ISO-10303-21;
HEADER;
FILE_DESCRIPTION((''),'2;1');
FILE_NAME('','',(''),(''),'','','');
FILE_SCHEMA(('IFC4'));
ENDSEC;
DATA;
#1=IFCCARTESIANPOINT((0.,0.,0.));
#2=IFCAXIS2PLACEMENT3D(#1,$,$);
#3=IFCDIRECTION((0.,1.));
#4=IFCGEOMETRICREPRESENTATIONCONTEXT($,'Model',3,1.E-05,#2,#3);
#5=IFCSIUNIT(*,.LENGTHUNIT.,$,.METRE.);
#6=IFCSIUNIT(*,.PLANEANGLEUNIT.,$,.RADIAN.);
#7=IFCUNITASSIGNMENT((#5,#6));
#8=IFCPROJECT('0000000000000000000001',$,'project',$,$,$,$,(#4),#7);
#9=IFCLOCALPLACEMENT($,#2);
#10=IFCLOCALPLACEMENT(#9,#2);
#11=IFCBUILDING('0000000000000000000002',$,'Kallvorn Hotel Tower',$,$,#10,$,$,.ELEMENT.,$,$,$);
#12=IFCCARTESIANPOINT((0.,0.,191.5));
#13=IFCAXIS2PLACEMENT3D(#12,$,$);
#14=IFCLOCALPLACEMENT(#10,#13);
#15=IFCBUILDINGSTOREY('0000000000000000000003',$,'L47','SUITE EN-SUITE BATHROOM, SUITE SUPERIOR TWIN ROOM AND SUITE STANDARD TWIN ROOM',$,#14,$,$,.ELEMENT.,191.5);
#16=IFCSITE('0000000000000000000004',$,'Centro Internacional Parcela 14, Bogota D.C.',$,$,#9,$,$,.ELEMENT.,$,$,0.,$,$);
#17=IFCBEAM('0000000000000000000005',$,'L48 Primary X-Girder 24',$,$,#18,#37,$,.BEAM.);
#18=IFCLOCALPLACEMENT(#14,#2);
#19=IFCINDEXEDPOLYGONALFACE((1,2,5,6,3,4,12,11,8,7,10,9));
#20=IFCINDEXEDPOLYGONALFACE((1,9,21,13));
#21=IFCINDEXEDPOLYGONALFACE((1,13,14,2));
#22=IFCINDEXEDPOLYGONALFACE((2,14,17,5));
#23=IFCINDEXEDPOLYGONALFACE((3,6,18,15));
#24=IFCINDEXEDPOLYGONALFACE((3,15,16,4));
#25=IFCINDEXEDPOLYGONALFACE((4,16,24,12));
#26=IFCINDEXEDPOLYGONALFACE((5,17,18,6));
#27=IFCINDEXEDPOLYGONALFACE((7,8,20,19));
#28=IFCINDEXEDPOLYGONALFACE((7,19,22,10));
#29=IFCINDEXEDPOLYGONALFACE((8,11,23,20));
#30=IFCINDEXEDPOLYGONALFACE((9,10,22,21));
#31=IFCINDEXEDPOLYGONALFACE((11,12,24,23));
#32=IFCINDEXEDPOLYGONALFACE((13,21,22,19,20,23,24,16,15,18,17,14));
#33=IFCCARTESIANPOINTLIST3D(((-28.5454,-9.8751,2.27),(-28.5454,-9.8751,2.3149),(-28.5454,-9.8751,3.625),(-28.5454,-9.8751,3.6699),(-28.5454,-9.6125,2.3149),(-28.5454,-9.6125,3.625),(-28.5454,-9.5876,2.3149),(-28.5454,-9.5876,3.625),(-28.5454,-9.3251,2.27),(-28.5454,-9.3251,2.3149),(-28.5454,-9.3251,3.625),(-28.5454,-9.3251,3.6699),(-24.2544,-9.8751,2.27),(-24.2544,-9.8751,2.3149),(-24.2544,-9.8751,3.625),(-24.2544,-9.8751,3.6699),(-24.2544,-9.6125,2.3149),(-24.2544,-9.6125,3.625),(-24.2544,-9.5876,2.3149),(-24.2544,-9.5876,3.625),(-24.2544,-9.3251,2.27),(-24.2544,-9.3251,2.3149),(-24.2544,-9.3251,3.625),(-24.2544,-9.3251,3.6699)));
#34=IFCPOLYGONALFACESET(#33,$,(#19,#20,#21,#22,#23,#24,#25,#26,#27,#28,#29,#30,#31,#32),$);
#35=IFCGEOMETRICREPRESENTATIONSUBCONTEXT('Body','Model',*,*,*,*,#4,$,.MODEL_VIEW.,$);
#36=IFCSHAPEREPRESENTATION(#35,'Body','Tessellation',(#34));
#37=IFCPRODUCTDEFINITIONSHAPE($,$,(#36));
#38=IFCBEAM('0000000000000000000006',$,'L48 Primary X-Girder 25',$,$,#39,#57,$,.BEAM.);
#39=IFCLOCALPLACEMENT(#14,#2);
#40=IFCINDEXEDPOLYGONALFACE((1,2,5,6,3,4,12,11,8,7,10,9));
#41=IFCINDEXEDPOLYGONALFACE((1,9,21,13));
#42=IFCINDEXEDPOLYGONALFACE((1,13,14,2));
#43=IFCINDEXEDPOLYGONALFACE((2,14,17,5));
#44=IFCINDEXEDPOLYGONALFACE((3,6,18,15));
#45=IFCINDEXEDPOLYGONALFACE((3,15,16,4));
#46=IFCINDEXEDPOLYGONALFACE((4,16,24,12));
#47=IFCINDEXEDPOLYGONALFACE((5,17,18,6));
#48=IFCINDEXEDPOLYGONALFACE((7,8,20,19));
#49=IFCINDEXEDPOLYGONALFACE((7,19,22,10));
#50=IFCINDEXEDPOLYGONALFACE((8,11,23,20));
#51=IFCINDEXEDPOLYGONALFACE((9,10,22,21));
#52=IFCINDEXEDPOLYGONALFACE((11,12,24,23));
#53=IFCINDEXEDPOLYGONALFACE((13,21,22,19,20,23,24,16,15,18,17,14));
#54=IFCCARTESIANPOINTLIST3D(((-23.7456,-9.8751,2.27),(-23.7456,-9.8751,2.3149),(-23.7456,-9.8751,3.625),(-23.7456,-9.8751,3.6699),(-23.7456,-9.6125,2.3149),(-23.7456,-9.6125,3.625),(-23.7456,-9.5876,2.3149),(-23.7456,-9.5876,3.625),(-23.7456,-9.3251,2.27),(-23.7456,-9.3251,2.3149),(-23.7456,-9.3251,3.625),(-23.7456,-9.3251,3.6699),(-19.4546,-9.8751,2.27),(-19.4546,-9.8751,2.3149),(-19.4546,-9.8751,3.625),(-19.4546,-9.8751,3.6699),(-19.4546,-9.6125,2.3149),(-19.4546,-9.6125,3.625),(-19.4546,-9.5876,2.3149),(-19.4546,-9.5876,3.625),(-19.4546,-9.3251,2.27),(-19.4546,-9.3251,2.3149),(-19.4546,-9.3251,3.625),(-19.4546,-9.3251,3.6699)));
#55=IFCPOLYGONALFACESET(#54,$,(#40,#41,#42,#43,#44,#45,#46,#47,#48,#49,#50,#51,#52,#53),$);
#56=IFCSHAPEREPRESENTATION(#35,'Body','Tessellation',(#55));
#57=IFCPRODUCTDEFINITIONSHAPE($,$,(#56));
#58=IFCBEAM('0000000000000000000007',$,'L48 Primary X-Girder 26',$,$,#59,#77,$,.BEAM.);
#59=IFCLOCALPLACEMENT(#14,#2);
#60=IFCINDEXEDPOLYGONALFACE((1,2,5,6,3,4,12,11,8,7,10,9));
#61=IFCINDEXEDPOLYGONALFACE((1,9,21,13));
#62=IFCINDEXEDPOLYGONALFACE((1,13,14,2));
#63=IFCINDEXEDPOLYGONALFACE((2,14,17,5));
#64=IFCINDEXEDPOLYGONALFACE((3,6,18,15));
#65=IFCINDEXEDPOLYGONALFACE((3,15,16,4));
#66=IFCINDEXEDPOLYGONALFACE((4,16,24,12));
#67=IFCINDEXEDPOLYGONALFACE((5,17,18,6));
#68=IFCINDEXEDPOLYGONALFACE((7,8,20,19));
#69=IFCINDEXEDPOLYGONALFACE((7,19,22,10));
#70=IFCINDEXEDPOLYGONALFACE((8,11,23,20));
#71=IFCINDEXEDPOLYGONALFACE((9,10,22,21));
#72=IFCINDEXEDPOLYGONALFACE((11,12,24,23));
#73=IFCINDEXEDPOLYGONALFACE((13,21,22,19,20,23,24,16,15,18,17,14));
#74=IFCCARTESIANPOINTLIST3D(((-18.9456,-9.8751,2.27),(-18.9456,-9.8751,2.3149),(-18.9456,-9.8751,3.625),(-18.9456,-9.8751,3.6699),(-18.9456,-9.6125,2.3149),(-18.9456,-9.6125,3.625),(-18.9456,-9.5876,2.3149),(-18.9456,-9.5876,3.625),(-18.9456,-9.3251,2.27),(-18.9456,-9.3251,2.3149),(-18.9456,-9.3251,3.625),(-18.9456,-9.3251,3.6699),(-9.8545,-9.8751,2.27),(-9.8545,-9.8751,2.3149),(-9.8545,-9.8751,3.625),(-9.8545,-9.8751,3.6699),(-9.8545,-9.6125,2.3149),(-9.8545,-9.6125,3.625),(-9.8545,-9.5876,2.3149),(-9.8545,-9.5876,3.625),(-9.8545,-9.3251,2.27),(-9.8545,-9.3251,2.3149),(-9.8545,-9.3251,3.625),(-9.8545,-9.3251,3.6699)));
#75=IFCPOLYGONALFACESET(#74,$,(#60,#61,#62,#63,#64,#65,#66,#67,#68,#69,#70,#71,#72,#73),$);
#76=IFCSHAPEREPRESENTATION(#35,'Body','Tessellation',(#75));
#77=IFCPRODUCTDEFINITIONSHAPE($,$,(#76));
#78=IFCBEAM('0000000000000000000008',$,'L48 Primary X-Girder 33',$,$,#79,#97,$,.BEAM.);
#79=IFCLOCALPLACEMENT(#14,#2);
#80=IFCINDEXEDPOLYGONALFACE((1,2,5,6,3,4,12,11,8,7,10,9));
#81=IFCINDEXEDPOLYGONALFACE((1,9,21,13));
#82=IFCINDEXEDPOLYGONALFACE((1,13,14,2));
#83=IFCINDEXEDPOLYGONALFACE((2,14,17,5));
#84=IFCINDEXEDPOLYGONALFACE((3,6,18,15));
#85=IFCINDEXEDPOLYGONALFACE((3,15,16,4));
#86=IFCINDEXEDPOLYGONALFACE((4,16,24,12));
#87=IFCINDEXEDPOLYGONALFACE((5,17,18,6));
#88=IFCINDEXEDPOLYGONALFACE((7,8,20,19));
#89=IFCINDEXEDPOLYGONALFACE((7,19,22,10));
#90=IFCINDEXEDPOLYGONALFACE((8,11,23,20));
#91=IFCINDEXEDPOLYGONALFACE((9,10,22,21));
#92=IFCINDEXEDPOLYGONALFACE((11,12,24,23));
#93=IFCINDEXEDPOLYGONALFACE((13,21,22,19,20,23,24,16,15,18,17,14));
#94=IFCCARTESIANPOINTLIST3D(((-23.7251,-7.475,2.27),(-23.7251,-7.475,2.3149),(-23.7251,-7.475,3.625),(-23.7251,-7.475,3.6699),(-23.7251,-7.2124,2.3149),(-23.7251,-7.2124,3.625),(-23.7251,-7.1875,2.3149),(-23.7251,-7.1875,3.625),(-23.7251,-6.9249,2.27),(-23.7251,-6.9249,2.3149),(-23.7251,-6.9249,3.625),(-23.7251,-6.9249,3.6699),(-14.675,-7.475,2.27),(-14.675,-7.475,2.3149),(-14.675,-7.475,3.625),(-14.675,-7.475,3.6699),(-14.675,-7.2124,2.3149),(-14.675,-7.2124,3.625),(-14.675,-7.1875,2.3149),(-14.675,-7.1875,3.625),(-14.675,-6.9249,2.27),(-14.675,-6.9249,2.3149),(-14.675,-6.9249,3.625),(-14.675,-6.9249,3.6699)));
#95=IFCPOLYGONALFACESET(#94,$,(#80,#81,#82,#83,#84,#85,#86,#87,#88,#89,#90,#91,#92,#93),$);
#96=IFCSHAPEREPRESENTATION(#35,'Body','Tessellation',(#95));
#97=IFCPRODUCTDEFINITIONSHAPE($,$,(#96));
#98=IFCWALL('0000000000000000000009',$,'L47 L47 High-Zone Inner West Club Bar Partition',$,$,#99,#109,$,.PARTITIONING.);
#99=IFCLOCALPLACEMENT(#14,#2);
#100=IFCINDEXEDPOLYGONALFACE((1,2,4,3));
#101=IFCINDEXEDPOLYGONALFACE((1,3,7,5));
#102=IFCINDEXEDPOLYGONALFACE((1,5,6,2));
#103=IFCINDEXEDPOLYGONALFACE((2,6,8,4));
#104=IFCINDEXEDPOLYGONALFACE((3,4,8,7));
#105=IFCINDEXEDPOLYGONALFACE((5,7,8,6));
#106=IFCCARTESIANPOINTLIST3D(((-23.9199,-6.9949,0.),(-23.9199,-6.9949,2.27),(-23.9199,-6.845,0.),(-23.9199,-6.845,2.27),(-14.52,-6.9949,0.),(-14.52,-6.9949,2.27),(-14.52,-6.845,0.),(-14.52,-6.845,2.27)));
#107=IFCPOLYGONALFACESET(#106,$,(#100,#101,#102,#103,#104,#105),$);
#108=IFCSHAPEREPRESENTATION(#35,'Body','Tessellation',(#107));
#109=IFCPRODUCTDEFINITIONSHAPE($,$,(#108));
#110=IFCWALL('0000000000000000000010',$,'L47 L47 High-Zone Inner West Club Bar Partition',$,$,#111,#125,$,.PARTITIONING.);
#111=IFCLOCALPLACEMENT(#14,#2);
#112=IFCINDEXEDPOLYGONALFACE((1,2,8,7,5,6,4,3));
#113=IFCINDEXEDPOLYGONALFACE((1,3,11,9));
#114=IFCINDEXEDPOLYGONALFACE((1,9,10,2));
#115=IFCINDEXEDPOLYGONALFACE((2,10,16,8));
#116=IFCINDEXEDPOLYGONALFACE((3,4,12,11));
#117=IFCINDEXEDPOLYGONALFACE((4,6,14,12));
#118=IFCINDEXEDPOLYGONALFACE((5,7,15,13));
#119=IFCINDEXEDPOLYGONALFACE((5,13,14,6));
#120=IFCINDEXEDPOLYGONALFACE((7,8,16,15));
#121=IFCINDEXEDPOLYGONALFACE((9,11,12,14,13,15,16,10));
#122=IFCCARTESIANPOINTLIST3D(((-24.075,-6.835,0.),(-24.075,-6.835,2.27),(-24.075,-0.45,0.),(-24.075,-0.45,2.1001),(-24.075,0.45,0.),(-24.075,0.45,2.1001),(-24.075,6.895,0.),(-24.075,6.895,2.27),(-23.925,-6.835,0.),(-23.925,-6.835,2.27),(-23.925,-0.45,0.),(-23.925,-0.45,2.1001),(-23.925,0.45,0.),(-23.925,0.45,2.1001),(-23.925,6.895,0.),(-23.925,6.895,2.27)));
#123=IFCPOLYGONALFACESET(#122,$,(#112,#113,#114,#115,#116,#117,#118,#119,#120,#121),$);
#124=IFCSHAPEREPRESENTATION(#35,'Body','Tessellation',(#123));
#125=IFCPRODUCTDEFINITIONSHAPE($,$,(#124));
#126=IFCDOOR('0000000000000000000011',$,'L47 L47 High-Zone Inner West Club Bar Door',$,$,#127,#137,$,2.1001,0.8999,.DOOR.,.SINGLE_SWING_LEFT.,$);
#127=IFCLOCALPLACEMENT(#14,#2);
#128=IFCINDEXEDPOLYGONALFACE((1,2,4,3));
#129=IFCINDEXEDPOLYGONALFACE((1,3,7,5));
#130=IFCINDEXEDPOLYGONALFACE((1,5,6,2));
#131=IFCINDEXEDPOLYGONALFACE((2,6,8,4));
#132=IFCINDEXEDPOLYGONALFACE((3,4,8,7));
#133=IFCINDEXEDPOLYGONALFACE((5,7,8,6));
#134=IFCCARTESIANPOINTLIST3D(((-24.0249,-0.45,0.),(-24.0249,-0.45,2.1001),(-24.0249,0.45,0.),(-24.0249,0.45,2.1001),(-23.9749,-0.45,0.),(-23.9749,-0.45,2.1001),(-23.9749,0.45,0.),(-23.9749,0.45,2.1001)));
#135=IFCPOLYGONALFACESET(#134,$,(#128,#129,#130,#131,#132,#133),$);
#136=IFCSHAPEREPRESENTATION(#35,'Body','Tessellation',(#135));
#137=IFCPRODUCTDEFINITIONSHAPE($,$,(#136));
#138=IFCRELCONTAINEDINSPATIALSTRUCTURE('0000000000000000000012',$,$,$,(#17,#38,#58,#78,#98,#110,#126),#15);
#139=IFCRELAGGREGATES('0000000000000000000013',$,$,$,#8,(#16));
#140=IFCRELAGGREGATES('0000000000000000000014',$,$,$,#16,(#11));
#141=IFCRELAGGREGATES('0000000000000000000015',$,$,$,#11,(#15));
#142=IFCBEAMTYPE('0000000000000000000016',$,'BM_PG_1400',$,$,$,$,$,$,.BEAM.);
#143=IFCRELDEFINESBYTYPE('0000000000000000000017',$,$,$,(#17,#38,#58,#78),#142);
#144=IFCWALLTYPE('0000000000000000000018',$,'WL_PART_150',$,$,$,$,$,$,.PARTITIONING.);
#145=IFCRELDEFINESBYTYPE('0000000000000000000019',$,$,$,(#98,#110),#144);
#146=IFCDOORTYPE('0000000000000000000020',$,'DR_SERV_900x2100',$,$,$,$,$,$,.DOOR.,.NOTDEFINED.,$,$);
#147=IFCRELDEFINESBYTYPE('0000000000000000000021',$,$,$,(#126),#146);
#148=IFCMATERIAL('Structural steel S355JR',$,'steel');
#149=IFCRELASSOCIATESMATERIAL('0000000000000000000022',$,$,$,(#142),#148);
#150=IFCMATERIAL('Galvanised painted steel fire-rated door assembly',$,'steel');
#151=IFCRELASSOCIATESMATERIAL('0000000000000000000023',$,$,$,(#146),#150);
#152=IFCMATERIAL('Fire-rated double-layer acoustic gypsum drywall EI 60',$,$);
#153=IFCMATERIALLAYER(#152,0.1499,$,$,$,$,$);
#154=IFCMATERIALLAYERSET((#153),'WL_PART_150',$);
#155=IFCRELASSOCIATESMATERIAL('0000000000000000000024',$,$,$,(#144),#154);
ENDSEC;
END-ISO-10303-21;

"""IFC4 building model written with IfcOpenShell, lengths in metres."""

from ifc_helpers import new_model, si_unit, direction, frame, frame_2d, origin, origin_2d, place, context, subcontext, project, spatial, rectangle, i_section, extrude, material, layer, layer_set, material_profile, profile_set, type_object, element, fill, save


model = new_model("IFC4")

# Units and contexts
model_context = context("Model", 3, precision=1e-05, world=origin(), true_north=direction((0.0, 1.0)))
body_context = subcontext(model_context, "Body", "Model", "MODEL_VIEW")
ifc_project = project(units=[si_unit("LENGTHUNIT", "METRE"), si_unit("PLANEANGLEUNIT", "RADIAN")], contexts=[model_context])

# Site, building, storey
site_placement = place(None, origin())
site = spatial("IfcSite", under=ifc_project, at=site_placement, Name="Centro Internacional Parcela 14, Bogota D.C.", CompositionType="ELEMENT", RefElevation=0.0)
building_placement = place(site_placement, origin())
building = spatial("IfcBuilding", under=site, at=building_placement, Name="Kallvorn Hotel Tower", CompositionType="ELEMENT")
storey_placement = place(building_placement, frame((0.0, 0.0, 191.5)))
storey = spatial("IfcBuildingStorey", under=building, at=storey_placement, Name="L47", Description="SUITE EN-SUITE BATHROOM, SUITE SUPERIOR TWIN ROOM AND SUITE STANDARD TWIN ROOM", CompositionType="ELEMENT", Elevation=191.5)

# Beams
ifc_material_1 = material(Name="Structural steel S355JR", Category="steel")
ifc_material_profile_1 = material_profile(ifc_material_1, i_section(OverallWidth=0.55, OverallDepth=1.3999, WebThickness=0.0249, FlangeThickness=0.0449, at=origin_2d()), Name="PG 1400x550x25x45")
ifc_profile_set_1 = profile_set([ifc_material_profile_1], Name="Structural steel S355JR")
beam_type_1 = type_object("IfcBeamType", Name="BM_PG_1400", PredefinedType="BEAM", material=ifc_profile_set_1)
for number, where, z_axis, x_axis, name in (
    (1, (-28.5454, -9.6001, 2.97), (1.0, 0.0, 0.0), (0.0, 1.0, 0.0), "L48 Primary X-Girder 24"),
    (2, (-23.7456, -9.6001, 2.97), (1.0, 0.0, 0.0), (0.0, 1.0, 0.0), "L48 Primary X-Girder 25"),
):
    element("IfcBeam", number, at=place(storey_placement, frame(where, z_axis=z_axis, x_axis=x_axis)), inside=storey, type_object=beam_type_1, Name=name, PredefinedType="BEAM", context=body_context, shape_type="SweptSolid", body=[
        extrude(i_section(OverallWidth=0.55, OverallDepth=1.3999, WebThickness=0.0249, FlangeThickness=0.0449, at=origin_2d()), origin(), (0.0, 0.0, 1.0), 4.291),
    ])
beam_1_placement = place(storey_placement, frame((-18.9456, -9.6001, 2.97), z_axis=(1.0, 0.0, 0.0), x_axis=(0.0, 1.0, 0.0)))
element("IfcBeam", 3, at=beam_1_placement, inside=storey, type_object=beam_type_1, Name="L48 Primary X-Girder 26", PredefinedType="BEAM", context=body_context, shape_type="SweptSolid", body=[
    extrude(i_section(OverallWidth=0.55, OverallDepth=1.3999, WebThickness=0.0249, FlangeThickness=0.0449, at=origin_2d()), origin(), (0.0, 0.0, 1.0), 9.0911),
])
beam_2_placement = place(storey_placement, frame((-23.7251, -7.2, 2.97), z_axis=(1.0, 0.0, 0.0), x_axis=(0.0, 1.0, 0.0)))
element("IfcBeam", 4, at=beam_2_placement, inside=storey, type_object=beam_type_1, Name="L48 Primary X-Girder 33", PredefinedType="BEAM", context=body_context, shape_type="SweptSolid", body=[
    extrude(i_section(OverallWidth=0.55, OverallDepth=1.3999, WebThickness=0.0249, FlangeThickness=0.0449, at=origin_2d()), origin(), (0.0, 0.0, 1.0), 9.05),
])

# Shared definitions
ifc_material_2 = material(Name="Galvanised painted steel fire-rated door assembly", Category="steel")
door_type_1 = type_object("IfcDoorType", Name="DR_SERV_900x2100", OperationType="NOTDEFINED", PredefinedType="DOOR", material=ifc_material_2)

# Wall
ifc_material_3 = material(Name="Fire-rated double-layer acoustic gypsum drywall EI 60")
ifc_layer_1 = layer(ifc_material_3, 0.1499)
ifc_layer_set_1 = layer_set([ifc_layer_1], Name="WL_PART_150")
wall_type_1 = type_object("IfcWallType", Name="WL_PART_150", PredefinedType="PARTITIONING", material=ifc_layer_set_1)
wall_1_placement = place(storey_placement, frame((-23.9199, -6.9199, 0.0), z_axis=(0.0, 0.0, 1.0), x_axis=(1.0, 0.0, 0.0)))
element("IfcWall", 5, at=wall_1_placement, inside=storey, type_object=wall_type_1, Name="L47 L47 High-Zone Inner West Club Bar Partition", PredefinedType="PARTITIONING", context=body_context, shape_type="SweptSolid", body=[
    extrude(rectangle(XDim=9.3999, YDim=0.1499, at=frame_2d((4.7, 0.0))), origin(), (0.0, 0.0, 1.0), 2.27),
])

# Wall, opening, door
wall_2_placement = place(storey_placement, frame((-24.0, -6.835, 0.0), z_axis=(0.0, 0.0, 1.0), x_axis=(0.0, 1.0, 0.0)))
wall_2 = element("IfcWall", 6, at=wall_2_placement, inside=storey, type_object=wall_type_1, Name="L47 L47 High-Zone Inner West Club Bar Partition", PredefinedType="PARTITIONING", context=body_context, shape_type="SweptSolid", body=[
    extrude(rectangle(XDim=13.73, YDim=0.1499, at=frame_2d((6.865, 0.0))), origin(), (0.0, 0.0, 1.0), 2.27),
])
opening_1_placement = place(wall_2_placement, frame((6.385, 0.0, 0.0)))
opening_1 = element("IfcOpeningElement", 7, at=opening_1_placement, cuts=wall_2, PredefinedType="OPENING", context=body_context, shape_type="SweptSolid", body=[
    extrude(rectangle(XDim=0.8999, YDim=2.1001, at=frame_2d((0.45, 1.05))), frame((0.0, 0.0898, 0.0), z_axis=(0.0, -1.0, 0.0), x_axis=(1.0, 0.0, 0.0)), (0.0, 0.0, 1.0), 0.1799),
])
door_1_placement = place(opening_1_placement, origin())
door_1 = element("IfcDoor", 8, at=door_1_placement, inside=storey, type_object=door_type_1, Name="L47 L47 High-Zone Inner West Club Bar Door", OperationType="SINGLE_SWING_LEFT", OverallHeight=2.1001, OverallWidth=0.8999, PredefinedType="DOOR", context=body_context, shape_type="SweptSolid", body=[
    extrude(rectangle(XDim=0.8999, YDim=2.1001, at=frame_2d((0.45, 1.05))), frame((0.0, 0.0249, 0.0), z_axis=(0.0, -1.0, 0.0), x_axis=(1.0, 0.0, 0.0)), (0.0, 0.0, 1.0), 0.05),
])
fill(opening_1, door_1)

save(model, "model.ifc")
